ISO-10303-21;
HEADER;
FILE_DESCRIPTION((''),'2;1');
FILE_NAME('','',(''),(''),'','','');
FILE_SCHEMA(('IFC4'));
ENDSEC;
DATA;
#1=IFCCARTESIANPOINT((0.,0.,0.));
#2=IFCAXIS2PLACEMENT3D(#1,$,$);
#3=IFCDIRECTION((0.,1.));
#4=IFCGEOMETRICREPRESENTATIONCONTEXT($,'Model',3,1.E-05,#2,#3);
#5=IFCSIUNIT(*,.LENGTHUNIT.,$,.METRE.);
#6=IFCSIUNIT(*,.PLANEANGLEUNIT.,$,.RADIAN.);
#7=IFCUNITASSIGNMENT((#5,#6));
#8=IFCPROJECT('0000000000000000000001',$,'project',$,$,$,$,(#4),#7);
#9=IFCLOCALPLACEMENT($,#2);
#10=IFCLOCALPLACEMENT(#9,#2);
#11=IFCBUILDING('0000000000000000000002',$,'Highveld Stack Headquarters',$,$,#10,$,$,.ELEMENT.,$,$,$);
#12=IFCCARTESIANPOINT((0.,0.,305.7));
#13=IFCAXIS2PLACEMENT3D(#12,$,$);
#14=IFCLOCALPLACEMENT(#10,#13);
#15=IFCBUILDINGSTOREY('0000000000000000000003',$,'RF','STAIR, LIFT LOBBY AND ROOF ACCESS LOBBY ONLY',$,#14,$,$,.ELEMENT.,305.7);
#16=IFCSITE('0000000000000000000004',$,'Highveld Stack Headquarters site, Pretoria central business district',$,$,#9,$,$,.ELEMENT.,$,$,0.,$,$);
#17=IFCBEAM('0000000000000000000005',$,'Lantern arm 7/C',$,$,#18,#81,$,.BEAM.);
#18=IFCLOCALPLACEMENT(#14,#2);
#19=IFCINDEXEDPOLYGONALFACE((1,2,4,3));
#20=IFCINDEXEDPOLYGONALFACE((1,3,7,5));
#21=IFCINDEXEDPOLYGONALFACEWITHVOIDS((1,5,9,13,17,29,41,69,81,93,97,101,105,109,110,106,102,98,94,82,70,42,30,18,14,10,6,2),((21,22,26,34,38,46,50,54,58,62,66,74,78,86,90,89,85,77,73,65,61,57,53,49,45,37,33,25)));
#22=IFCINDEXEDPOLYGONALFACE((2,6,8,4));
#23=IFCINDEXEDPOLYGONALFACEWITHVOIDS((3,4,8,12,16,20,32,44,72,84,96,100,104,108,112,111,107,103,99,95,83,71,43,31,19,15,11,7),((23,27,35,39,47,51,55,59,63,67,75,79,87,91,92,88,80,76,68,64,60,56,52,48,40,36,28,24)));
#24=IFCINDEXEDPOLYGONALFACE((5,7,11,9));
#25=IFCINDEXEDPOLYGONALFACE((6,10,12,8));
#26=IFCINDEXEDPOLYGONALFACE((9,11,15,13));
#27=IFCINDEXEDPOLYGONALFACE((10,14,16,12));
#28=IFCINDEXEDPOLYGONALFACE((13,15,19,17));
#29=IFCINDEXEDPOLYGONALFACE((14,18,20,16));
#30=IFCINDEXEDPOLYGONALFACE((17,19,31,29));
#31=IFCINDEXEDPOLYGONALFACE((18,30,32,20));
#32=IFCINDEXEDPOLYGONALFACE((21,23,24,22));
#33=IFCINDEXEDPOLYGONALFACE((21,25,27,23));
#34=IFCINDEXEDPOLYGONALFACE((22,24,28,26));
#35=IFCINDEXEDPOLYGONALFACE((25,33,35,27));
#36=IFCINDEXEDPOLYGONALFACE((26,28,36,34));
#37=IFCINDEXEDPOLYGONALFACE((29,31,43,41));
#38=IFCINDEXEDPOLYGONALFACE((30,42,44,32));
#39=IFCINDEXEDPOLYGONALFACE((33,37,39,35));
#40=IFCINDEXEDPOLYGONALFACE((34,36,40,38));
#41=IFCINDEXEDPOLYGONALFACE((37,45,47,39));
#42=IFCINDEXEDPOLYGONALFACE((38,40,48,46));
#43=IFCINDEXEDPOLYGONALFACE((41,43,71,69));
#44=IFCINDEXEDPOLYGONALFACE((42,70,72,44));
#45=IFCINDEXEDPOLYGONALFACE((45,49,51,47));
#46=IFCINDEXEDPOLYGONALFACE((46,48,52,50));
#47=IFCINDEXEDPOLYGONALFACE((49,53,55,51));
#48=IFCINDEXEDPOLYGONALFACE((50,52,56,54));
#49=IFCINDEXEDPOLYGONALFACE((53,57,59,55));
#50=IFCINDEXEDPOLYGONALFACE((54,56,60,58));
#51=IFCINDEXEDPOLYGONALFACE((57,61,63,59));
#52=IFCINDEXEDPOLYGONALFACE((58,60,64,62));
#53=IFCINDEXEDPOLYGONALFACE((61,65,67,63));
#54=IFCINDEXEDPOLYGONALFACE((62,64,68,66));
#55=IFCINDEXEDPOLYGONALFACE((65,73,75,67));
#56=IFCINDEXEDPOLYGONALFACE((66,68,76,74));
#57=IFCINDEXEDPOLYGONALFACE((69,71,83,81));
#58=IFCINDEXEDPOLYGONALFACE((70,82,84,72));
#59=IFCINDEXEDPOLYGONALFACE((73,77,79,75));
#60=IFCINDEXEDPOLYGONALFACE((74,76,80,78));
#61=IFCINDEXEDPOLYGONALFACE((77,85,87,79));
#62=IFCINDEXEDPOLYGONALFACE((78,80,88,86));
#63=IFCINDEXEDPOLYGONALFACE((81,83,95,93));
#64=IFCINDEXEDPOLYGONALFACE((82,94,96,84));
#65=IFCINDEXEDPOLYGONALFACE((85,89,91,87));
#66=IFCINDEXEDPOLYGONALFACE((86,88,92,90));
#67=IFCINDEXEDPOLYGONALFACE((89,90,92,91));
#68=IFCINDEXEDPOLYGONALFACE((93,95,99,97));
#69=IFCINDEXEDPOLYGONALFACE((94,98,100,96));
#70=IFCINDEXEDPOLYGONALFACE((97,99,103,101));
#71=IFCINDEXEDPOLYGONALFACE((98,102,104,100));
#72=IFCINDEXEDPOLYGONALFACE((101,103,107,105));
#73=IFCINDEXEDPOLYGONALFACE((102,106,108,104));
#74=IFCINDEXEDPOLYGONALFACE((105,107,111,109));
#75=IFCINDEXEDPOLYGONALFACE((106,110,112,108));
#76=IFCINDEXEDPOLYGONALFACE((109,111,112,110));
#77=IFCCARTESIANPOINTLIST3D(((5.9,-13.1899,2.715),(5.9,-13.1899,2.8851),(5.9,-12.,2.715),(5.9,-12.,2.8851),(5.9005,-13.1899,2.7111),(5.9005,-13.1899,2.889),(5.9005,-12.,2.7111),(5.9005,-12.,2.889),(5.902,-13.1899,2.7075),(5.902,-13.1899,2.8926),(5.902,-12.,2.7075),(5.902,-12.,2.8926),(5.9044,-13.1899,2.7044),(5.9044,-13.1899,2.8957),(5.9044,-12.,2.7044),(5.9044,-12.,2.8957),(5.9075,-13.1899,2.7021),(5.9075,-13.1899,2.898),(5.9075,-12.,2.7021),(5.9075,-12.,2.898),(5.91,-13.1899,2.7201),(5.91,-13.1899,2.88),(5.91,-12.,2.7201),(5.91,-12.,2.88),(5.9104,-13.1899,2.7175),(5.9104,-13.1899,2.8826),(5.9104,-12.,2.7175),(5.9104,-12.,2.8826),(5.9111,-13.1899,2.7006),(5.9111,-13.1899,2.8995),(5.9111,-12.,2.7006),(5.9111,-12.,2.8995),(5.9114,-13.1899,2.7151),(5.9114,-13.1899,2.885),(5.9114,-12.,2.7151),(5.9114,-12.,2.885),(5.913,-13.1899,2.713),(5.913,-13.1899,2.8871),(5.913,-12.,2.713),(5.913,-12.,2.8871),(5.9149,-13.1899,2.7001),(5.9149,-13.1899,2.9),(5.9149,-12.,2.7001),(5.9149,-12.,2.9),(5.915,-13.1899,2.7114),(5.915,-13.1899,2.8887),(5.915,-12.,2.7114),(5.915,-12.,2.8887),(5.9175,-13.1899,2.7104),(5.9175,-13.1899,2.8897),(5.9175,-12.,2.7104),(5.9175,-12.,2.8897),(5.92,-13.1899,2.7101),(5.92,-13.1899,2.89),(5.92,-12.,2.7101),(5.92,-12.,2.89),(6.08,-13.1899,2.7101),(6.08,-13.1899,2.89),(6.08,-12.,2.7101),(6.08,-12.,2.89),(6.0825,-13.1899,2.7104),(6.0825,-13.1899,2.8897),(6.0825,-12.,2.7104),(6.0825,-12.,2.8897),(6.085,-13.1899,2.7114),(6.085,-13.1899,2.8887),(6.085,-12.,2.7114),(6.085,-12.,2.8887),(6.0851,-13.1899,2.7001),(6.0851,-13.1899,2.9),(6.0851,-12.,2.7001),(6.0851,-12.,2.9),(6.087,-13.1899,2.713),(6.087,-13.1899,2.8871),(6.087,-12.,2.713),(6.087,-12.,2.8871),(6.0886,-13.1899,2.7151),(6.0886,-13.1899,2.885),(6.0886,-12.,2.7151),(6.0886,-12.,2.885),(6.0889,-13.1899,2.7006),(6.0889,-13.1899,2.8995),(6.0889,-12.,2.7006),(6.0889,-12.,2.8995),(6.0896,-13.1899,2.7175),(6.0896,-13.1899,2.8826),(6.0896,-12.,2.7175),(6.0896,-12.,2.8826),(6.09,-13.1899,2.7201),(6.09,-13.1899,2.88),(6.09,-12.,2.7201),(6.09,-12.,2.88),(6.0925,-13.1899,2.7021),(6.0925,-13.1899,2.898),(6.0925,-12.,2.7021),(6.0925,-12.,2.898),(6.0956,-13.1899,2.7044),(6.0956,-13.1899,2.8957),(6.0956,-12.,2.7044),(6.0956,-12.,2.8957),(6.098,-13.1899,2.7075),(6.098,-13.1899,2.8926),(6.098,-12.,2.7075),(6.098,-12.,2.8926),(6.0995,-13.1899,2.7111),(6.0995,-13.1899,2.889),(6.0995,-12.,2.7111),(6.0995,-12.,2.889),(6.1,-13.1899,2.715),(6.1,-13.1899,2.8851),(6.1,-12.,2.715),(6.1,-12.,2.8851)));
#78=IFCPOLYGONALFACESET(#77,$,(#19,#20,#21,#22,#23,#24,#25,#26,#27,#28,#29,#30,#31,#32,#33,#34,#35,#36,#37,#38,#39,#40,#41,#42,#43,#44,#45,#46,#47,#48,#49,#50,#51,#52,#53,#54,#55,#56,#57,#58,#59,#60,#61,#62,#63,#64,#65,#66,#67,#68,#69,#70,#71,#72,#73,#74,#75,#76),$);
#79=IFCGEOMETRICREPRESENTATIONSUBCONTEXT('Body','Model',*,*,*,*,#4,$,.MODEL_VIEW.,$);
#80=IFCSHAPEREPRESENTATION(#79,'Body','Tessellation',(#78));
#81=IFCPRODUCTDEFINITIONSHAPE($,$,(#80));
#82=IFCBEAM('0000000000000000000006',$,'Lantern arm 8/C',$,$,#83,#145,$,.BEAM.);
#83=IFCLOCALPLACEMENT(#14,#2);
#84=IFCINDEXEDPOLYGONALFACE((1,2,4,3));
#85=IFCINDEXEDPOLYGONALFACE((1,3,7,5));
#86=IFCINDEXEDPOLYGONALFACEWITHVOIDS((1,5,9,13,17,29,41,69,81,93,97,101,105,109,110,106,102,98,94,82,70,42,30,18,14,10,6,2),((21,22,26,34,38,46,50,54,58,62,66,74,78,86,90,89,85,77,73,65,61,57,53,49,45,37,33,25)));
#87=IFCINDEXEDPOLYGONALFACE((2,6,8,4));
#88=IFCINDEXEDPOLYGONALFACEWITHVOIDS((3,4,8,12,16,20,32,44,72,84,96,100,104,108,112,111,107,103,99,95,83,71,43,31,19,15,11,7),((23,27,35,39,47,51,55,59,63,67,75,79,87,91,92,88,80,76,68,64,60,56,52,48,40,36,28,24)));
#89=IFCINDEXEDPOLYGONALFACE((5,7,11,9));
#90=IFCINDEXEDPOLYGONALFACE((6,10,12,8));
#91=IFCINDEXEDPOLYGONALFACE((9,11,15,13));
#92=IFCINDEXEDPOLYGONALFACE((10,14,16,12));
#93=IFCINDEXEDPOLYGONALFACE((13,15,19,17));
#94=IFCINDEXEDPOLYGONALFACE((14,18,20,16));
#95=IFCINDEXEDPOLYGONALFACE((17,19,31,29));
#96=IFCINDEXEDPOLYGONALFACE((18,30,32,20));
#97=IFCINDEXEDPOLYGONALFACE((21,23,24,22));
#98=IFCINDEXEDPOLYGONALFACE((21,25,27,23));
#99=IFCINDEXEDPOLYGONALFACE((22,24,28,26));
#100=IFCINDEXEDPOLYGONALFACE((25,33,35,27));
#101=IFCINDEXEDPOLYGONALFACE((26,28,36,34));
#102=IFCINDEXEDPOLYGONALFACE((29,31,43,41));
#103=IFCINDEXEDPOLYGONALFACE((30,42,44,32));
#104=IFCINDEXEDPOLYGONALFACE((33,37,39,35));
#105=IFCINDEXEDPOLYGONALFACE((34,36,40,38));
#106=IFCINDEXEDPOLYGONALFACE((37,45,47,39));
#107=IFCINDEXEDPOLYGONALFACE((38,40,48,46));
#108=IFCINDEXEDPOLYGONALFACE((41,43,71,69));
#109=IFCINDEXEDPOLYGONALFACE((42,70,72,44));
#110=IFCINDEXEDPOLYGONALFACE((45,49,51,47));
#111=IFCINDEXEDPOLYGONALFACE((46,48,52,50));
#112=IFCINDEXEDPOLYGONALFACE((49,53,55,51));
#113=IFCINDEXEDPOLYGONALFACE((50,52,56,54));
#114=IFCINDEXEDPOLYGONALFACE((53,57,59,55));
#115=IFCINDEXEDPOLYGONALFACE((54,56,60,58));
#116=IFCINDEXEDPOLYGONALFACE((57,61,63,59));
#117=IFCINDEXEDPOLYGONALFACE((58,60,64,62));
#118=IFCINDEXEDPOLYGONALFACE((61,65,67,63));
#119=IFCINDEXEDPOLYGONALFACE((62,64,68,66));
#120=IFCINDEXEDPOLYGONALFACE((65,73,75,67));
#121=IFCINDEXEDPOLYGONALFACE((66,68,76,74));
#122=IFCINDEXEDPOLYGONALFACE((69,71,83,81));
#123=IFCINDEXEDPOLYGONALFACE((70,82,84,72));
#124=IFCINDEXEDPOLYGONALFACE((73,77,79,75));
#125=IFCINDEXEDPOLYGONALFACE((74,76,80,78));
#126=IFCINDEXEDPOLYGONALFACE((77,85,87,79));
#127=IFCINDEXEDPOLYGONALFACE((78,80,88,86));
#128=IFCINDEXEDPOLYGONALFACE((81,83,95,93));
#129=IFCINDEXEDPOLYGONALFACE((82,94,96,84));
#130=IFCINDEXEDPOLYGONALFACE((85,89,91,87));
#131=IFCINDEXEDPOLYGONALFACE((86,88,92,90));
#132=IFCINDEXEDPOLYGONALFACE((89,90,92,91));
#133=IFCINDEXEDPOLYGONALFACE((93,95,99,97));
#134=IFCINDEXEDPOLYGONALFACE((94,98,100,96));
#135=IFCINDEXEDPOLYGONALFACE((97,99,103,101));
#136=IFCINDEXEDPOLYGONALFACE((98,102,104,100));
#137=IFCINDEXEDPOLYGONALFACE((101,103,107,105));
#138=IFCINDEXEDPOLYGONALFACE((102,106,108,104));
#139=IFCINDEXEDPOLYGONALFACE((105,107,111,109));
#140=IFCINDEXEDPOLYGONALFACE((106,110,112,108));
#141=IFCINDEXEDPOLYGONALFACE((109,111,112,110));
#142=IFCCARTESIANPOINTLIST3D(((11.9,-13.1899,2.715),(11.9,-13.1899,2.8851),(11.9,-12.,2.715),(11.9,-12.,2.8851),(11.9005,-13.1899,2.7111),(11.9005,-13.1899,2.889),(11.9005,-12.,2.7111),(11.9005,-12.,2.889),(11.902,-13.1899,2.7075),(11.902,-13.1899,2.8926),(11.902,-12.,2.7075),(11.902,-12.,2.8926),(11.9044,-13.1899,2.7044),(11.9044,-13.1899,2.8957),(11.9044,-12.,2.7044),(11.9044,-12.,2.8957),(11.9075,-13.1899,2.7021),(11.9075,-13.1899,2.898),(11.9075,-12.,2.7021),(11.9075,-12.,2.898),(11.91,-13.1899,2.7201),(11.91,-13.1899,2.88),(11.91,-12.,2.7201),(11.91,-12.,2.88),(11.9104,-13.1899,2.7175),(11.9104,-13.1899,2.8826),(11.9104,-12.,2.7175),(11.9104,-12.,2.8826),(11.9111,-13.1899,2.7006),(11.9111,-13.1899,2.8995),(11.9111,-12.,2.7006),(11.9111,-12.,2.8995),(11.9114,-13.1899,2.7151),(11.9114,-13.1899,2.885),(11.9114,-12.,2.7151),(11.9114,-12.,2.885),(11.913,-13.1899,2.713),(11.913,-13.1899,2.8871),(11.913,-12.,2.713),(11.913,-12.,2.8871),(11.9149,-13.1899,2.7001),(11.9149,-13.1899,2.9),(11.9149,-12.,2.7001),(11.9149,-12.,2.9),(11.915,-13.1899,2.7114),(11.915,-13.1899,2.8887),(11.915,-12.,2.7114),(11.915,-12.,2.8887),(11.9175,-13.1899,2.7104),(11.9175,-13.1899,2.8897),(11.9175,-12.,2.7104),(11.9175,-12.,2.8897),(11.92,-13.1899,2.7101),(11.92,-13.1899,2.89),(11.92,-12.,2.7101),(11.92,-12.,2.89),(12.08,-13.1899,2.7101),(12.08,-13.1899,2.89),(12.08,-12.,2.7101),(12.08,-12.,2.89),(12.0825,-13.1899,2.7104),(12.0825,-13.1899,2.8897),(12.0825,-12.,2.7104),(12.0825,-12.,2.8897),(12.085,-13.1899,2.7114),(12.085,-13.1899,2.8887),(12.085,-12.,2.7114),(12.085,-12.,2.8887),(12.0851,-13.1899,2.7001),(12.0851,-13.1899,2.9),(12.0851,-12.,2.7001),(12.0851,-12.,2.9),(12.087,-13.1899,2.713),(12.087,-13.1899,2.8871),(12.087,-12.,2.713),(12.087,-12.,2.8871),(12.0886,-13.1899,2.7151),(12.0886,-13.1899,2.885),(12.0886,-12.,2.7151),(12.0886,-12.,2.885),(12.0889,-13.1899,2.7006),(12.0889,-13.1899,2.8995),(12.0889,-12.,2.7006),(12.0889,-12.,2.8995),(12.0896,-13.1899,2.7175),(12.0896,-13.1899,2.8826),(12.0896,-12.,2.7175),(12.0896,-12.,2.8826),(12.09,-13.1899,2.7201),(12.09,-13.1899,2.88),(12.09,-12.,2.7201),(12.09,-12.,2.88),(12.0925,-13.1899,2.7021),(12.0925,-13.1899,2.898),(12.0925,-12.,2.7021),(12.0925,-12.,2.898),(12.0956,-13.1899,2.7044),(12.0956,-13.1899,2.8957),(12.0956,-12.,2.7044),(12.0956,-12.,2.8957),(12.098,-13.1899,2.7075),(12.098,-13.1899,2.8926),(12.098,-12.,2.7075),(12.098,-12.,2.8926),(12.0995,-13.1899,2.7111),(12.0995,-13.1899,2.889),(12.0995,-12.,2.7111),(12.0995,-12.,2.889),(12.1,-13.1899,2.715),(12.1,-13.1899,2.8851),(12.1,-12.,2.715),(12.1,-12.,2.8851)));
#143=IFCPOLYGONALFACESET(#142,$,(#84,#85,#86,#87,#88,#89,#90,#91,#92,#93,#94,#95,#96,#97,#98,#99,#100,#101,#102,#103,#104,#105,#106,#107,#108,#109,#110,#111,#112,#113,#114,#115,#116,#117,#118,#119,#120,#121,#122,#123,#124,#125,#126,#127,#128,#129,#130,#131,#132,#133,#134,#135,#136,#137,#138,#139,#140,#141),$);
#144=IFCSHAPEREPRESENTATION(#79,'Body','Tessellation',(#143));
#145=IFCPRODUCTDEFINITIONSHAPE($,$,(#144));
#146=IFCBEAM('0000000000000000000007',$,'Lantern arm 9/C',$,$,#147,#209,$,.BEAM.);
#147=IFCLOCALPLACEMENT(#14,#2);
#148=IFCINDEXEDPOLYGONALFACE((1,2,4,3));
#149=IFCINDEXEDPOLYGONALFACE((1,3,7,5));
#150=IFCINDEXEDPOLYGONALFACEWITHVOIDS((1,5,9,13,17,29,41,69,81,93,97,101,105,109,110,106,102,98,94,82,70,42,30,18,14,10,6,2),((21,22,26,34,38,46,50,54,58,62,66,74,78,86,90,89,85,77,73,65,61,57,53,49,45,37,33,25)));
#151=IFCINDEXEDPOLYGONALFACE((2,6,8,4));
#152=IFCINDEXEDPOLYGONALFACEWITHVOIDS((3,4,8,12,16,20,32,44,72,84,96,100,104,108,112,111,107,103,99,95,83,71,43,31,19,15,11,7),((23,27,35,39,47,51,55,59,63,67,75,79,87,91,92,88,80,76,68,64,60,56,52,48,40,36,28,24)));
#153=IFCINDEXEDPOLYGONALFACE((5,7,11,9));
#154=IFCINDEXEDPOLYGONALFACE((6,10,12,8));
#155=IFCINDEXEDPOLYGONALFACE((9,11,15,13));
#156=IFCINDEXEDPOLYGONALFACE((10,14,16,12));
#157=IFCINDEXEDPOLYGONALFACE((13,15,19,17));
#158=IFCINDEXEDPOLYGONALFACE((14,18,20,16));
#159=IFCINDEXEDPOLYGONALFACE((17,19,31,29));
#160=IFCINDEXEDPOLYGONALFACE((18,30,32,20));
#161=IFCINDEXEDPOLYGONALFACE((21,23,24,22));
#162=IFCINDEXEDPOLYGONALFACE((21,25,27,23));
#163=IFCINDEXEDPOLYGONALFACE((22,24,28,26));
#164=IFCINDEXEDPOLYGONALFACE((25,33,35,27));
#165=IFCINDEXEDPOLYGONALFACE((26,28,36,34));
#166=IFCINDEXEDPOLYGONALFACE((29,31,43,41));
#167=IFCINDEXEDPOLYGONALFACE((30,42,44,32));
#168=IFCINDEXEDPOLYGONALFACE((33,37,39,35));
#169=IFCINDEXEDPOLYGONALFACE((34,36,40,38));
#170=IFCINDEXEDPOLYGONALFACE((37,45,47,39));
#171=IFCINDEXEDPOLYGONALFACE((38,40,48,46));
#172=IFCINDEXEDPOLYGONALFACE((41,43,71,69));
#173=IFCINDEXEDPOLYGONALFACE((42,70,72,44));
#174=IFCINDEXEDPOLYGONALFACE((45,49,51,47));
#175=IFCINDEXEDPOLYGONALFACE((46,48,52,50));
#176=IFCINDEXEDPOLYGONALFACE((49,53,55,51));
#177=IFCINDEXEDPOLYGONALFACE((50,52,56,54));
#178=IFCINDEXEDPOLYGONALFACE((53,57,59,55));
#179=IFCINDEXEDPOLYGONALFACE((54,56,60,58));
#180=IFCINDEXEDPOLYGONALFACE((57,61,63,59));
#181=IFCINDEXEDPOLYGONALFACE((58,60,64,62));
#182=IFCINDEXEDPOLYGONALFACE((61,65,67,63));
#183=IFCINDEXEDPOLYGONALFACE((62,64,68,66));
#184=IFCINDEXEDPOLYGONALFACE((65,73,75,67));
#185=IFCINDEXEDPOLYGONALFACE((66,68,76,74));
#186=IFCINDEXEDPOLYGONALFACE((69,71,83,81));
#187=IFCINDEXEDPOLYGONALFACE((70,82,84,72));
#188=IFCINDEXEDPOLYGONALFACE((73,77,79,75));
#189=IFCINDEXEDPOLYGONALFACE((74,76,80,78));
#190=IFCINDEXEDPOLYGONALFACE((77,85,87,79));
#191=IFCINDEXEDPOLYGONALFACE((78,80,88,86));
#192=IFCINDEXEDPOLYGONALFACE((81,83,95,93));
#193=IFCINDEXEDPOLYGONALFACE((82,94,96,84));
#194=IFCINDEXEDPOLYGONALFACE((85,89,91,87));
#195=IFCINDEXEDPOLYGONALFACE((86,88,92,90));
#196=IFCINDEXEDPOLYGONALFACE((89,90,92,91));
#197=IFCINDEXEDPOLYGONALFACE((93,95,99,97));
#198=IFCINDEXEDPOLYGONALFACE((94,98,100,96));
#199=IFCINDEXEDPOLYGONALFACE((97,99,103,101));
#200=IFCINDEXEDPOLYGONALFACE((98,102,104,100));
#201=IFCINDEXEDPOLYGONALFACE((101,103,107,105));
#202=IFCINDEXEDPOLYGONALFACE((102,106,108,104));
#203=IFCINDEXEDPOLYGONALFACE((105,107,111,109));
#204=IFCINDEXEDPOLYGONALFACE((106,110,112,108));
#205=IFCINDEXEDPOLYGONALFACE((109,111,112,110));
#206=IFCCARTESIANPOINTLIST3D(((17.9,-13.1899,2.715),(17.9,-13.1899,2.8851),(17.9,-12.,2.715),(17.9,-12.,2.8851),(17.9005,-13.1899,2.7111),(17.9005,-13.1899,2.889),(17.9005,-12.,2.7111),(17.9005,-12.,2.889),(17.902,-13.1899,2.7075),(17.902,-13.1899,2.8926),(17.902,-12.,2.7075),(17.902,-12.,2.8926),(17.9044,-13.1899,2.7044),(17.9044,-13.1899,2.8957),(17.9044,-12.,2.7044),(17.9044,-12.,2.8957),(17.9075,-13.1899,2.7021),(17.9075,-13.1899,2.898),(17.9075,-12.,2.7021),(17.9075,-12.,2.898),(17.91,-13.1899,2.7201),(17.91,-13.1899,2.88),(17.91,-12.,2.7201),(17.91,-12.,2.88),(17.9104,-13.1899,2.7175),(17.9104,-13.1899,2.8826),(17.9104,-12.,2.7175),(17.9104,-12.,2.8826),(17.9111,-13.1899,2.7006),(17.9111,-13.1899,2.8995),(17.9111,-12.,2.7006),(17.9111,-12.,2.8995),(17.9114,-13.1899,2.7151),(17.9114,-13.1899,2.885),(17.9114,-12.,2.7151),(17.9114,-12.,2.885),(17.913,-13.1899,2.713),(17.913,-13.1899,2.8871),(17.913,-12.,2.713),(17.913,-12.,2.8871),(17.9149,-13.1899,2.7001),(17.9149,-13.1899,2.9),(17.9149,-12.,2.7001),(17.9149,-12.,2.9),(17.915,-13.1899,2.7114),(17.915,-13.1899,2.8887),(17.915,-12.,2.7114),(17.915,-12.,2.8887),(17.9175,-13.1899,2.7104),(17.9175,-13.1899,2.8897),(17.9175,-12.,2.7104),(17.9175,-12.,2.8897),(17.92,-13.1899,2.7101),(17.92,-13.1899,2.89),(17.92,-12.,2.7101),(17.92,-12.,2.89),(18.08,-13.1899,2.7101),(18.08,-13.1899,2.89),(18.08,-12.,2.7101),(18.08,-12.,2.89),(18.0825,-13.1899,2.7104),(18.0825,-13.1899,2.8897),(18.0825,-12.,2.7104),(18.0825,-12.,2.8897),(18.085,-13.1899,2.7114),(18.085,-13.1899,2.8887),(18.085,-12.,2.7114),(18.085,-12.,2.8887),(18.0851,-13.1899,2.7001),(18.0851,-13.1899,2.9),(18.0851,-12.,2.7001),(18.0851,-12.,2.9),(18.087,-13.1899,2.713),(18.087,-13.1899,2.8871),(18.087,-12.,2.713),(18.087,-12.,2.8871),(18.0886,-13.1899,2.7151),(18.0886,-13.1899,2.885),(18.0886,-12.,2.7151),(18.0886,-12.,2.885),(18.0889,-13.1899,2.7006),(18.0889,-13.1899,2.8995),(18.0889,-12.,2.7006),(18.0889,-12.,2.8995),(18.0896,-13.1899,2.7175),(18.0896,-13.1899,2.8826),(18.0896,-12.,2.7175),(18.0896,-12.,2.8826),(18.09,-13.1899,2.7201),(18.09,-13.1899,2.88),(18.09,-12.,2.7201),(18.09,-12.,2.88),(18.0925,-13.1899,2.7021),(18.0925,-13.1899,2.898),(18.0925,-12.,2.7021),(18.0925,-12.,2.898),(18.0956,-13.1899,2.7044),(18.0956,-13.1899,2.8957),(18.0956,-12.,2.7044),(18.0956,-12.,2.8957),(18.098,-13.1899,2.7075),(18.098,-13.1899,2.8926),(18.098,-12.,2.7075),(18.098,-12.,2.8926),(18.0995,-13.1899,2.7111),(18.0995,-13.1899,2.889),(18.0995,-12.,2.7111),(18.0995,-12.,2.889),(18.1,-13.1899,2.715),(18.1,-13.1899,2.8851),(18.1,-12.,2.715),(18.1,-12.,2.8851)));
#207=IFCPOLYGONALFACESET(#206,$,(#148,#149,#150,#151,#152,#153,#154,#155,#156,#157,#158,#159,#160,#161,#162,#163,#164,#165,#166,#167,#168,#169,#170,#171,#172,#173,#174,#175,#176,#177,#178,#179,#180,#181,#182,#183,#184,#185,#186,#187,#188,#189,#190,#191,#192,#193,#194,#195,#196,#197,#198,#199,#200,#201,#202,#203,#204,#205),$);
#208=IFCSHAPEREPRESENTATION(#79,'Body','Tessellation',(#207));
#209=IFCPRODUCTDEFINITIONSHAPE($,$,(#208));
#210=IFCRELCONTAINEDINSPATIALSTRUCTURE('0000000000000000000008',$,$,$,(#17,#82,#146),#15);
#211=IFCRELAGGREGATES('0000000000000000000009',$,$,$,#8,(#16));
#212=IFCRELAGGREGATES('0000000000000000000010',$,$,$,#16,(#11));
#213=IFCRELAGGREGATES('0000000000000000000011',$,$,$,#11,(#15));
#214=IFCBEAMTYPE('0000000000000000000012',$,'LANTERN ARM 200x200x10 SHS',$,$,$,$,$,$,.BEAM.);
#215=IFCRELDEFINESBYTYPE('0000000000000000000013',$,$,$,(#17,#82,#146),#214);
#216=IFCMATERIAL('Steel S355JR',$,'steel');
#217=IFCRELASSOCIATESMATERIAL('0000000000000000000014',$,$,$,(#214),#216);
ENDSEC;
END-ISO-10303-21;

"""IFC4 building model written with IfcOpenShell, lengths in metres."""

from ifc_helpers import new_model, si_unit, direction, frame, origin, origin_2d, place, context, subcontext, project, spatial, hollow_rectangle, extrude, material, material_profile, profile_set, type_object, element, save


model = new_model("IFC4")

# Units and contexts
model_context = context("Model", 3, precision=1e-05, world=origin(), true_north=direction((0.0, 1.0)))
body_context = subcontext(model_context, "Body", "Model", "MODEL_VIEW")
ifc_project = project(units=[si_unit("LENGTHUNIT", "METRE"), si_unit("PLANEANGLEUNIT", "RADIAN")], contexts=[model_context])

# Site, building, storey
site_placement = place(None, origin())
site = spatial("IfcSite", under=ifc_project, at=site_placement, Name="Highveld Stack Headquarters site, Pretoria central business district", CompositionType="ELEMENT", RefElevation=0.0)
building_placement = place(site_placement, origin())
building = spatial("IfcBuilding", under=site, at=building_placement, Name="Highveld Stack Headquarters", CompositionType="ELEMENT")
storey_placement = place(building_placement, frame((0.0, 0.0, 305.7)))
storey = spatial("IfcBuildingStorey", under=building, at=storey_placement, Name="RF", Description="STAIR, LIFT LOBBY AND ROOF ACCESS LOBBY ONLY", CompositionType="ELEMENT", Elevation=305.7)

# Beams
ifc_material_1 = material(Name="Steel S355JR", Category="steel")
ifc_material_profile_1 = material_profile(ifc_material_1, hollow_rectangle(XDim=0.2, YDim=0.2, WallThickness=0.01, InnerFilletRadius=0.01, OuterFilletRadius=0.0149, at=origin_2d()), Name="200x200x10 SHS")
ifc_profile_set_1 = profile_set([ifc_material_profile_1], Name="Steel S355JR")
beam_type_1 = type_object("IfcBeamType", Name="LANTERN ARM 200x200x10 SHS", PredefinedType="BEAM", material=ifc_profile_set_1)
for number, where, z_axis, x_axis, name in (
    (1, (6.0, -12.0, 2.8), (0.0, -1.0, 0.0), (1.0, 0.0, 0.0), "Lantern arm 7/C"),
    (2, (12.0, -12.0, 2.8), (0.0, -1.0, 0.0), (1.0, 0.0, 0.0), "Lantern arm 8/C"),
    (3, (18.0, -12.0, 2.8), (0.0, -1.0, 0.0), (1.0, 0.0, 0.0), "Lantern arm 9/C"),
):
    element("IfcBeam", number, at=place(storey_placement, frame(where, z_axis=z_axis, x_axis=x_axis)), inside=storey, type_object=beam_type_1, Name=name, PredefinedType="BEAM", context=body_context, shape_type="SweptSolid", body=[
        extrude(hollow_rectangle(XDim=0.2, YDim=0.2, WallThickness=0.01, InnerFilletRadius=0.01, OuterFilletRadius=0.0149, at=origin_2d()), origin(), (0.0, 0.0, 1.0), 1.1899),
    ])

save(model, "model.ifc")
